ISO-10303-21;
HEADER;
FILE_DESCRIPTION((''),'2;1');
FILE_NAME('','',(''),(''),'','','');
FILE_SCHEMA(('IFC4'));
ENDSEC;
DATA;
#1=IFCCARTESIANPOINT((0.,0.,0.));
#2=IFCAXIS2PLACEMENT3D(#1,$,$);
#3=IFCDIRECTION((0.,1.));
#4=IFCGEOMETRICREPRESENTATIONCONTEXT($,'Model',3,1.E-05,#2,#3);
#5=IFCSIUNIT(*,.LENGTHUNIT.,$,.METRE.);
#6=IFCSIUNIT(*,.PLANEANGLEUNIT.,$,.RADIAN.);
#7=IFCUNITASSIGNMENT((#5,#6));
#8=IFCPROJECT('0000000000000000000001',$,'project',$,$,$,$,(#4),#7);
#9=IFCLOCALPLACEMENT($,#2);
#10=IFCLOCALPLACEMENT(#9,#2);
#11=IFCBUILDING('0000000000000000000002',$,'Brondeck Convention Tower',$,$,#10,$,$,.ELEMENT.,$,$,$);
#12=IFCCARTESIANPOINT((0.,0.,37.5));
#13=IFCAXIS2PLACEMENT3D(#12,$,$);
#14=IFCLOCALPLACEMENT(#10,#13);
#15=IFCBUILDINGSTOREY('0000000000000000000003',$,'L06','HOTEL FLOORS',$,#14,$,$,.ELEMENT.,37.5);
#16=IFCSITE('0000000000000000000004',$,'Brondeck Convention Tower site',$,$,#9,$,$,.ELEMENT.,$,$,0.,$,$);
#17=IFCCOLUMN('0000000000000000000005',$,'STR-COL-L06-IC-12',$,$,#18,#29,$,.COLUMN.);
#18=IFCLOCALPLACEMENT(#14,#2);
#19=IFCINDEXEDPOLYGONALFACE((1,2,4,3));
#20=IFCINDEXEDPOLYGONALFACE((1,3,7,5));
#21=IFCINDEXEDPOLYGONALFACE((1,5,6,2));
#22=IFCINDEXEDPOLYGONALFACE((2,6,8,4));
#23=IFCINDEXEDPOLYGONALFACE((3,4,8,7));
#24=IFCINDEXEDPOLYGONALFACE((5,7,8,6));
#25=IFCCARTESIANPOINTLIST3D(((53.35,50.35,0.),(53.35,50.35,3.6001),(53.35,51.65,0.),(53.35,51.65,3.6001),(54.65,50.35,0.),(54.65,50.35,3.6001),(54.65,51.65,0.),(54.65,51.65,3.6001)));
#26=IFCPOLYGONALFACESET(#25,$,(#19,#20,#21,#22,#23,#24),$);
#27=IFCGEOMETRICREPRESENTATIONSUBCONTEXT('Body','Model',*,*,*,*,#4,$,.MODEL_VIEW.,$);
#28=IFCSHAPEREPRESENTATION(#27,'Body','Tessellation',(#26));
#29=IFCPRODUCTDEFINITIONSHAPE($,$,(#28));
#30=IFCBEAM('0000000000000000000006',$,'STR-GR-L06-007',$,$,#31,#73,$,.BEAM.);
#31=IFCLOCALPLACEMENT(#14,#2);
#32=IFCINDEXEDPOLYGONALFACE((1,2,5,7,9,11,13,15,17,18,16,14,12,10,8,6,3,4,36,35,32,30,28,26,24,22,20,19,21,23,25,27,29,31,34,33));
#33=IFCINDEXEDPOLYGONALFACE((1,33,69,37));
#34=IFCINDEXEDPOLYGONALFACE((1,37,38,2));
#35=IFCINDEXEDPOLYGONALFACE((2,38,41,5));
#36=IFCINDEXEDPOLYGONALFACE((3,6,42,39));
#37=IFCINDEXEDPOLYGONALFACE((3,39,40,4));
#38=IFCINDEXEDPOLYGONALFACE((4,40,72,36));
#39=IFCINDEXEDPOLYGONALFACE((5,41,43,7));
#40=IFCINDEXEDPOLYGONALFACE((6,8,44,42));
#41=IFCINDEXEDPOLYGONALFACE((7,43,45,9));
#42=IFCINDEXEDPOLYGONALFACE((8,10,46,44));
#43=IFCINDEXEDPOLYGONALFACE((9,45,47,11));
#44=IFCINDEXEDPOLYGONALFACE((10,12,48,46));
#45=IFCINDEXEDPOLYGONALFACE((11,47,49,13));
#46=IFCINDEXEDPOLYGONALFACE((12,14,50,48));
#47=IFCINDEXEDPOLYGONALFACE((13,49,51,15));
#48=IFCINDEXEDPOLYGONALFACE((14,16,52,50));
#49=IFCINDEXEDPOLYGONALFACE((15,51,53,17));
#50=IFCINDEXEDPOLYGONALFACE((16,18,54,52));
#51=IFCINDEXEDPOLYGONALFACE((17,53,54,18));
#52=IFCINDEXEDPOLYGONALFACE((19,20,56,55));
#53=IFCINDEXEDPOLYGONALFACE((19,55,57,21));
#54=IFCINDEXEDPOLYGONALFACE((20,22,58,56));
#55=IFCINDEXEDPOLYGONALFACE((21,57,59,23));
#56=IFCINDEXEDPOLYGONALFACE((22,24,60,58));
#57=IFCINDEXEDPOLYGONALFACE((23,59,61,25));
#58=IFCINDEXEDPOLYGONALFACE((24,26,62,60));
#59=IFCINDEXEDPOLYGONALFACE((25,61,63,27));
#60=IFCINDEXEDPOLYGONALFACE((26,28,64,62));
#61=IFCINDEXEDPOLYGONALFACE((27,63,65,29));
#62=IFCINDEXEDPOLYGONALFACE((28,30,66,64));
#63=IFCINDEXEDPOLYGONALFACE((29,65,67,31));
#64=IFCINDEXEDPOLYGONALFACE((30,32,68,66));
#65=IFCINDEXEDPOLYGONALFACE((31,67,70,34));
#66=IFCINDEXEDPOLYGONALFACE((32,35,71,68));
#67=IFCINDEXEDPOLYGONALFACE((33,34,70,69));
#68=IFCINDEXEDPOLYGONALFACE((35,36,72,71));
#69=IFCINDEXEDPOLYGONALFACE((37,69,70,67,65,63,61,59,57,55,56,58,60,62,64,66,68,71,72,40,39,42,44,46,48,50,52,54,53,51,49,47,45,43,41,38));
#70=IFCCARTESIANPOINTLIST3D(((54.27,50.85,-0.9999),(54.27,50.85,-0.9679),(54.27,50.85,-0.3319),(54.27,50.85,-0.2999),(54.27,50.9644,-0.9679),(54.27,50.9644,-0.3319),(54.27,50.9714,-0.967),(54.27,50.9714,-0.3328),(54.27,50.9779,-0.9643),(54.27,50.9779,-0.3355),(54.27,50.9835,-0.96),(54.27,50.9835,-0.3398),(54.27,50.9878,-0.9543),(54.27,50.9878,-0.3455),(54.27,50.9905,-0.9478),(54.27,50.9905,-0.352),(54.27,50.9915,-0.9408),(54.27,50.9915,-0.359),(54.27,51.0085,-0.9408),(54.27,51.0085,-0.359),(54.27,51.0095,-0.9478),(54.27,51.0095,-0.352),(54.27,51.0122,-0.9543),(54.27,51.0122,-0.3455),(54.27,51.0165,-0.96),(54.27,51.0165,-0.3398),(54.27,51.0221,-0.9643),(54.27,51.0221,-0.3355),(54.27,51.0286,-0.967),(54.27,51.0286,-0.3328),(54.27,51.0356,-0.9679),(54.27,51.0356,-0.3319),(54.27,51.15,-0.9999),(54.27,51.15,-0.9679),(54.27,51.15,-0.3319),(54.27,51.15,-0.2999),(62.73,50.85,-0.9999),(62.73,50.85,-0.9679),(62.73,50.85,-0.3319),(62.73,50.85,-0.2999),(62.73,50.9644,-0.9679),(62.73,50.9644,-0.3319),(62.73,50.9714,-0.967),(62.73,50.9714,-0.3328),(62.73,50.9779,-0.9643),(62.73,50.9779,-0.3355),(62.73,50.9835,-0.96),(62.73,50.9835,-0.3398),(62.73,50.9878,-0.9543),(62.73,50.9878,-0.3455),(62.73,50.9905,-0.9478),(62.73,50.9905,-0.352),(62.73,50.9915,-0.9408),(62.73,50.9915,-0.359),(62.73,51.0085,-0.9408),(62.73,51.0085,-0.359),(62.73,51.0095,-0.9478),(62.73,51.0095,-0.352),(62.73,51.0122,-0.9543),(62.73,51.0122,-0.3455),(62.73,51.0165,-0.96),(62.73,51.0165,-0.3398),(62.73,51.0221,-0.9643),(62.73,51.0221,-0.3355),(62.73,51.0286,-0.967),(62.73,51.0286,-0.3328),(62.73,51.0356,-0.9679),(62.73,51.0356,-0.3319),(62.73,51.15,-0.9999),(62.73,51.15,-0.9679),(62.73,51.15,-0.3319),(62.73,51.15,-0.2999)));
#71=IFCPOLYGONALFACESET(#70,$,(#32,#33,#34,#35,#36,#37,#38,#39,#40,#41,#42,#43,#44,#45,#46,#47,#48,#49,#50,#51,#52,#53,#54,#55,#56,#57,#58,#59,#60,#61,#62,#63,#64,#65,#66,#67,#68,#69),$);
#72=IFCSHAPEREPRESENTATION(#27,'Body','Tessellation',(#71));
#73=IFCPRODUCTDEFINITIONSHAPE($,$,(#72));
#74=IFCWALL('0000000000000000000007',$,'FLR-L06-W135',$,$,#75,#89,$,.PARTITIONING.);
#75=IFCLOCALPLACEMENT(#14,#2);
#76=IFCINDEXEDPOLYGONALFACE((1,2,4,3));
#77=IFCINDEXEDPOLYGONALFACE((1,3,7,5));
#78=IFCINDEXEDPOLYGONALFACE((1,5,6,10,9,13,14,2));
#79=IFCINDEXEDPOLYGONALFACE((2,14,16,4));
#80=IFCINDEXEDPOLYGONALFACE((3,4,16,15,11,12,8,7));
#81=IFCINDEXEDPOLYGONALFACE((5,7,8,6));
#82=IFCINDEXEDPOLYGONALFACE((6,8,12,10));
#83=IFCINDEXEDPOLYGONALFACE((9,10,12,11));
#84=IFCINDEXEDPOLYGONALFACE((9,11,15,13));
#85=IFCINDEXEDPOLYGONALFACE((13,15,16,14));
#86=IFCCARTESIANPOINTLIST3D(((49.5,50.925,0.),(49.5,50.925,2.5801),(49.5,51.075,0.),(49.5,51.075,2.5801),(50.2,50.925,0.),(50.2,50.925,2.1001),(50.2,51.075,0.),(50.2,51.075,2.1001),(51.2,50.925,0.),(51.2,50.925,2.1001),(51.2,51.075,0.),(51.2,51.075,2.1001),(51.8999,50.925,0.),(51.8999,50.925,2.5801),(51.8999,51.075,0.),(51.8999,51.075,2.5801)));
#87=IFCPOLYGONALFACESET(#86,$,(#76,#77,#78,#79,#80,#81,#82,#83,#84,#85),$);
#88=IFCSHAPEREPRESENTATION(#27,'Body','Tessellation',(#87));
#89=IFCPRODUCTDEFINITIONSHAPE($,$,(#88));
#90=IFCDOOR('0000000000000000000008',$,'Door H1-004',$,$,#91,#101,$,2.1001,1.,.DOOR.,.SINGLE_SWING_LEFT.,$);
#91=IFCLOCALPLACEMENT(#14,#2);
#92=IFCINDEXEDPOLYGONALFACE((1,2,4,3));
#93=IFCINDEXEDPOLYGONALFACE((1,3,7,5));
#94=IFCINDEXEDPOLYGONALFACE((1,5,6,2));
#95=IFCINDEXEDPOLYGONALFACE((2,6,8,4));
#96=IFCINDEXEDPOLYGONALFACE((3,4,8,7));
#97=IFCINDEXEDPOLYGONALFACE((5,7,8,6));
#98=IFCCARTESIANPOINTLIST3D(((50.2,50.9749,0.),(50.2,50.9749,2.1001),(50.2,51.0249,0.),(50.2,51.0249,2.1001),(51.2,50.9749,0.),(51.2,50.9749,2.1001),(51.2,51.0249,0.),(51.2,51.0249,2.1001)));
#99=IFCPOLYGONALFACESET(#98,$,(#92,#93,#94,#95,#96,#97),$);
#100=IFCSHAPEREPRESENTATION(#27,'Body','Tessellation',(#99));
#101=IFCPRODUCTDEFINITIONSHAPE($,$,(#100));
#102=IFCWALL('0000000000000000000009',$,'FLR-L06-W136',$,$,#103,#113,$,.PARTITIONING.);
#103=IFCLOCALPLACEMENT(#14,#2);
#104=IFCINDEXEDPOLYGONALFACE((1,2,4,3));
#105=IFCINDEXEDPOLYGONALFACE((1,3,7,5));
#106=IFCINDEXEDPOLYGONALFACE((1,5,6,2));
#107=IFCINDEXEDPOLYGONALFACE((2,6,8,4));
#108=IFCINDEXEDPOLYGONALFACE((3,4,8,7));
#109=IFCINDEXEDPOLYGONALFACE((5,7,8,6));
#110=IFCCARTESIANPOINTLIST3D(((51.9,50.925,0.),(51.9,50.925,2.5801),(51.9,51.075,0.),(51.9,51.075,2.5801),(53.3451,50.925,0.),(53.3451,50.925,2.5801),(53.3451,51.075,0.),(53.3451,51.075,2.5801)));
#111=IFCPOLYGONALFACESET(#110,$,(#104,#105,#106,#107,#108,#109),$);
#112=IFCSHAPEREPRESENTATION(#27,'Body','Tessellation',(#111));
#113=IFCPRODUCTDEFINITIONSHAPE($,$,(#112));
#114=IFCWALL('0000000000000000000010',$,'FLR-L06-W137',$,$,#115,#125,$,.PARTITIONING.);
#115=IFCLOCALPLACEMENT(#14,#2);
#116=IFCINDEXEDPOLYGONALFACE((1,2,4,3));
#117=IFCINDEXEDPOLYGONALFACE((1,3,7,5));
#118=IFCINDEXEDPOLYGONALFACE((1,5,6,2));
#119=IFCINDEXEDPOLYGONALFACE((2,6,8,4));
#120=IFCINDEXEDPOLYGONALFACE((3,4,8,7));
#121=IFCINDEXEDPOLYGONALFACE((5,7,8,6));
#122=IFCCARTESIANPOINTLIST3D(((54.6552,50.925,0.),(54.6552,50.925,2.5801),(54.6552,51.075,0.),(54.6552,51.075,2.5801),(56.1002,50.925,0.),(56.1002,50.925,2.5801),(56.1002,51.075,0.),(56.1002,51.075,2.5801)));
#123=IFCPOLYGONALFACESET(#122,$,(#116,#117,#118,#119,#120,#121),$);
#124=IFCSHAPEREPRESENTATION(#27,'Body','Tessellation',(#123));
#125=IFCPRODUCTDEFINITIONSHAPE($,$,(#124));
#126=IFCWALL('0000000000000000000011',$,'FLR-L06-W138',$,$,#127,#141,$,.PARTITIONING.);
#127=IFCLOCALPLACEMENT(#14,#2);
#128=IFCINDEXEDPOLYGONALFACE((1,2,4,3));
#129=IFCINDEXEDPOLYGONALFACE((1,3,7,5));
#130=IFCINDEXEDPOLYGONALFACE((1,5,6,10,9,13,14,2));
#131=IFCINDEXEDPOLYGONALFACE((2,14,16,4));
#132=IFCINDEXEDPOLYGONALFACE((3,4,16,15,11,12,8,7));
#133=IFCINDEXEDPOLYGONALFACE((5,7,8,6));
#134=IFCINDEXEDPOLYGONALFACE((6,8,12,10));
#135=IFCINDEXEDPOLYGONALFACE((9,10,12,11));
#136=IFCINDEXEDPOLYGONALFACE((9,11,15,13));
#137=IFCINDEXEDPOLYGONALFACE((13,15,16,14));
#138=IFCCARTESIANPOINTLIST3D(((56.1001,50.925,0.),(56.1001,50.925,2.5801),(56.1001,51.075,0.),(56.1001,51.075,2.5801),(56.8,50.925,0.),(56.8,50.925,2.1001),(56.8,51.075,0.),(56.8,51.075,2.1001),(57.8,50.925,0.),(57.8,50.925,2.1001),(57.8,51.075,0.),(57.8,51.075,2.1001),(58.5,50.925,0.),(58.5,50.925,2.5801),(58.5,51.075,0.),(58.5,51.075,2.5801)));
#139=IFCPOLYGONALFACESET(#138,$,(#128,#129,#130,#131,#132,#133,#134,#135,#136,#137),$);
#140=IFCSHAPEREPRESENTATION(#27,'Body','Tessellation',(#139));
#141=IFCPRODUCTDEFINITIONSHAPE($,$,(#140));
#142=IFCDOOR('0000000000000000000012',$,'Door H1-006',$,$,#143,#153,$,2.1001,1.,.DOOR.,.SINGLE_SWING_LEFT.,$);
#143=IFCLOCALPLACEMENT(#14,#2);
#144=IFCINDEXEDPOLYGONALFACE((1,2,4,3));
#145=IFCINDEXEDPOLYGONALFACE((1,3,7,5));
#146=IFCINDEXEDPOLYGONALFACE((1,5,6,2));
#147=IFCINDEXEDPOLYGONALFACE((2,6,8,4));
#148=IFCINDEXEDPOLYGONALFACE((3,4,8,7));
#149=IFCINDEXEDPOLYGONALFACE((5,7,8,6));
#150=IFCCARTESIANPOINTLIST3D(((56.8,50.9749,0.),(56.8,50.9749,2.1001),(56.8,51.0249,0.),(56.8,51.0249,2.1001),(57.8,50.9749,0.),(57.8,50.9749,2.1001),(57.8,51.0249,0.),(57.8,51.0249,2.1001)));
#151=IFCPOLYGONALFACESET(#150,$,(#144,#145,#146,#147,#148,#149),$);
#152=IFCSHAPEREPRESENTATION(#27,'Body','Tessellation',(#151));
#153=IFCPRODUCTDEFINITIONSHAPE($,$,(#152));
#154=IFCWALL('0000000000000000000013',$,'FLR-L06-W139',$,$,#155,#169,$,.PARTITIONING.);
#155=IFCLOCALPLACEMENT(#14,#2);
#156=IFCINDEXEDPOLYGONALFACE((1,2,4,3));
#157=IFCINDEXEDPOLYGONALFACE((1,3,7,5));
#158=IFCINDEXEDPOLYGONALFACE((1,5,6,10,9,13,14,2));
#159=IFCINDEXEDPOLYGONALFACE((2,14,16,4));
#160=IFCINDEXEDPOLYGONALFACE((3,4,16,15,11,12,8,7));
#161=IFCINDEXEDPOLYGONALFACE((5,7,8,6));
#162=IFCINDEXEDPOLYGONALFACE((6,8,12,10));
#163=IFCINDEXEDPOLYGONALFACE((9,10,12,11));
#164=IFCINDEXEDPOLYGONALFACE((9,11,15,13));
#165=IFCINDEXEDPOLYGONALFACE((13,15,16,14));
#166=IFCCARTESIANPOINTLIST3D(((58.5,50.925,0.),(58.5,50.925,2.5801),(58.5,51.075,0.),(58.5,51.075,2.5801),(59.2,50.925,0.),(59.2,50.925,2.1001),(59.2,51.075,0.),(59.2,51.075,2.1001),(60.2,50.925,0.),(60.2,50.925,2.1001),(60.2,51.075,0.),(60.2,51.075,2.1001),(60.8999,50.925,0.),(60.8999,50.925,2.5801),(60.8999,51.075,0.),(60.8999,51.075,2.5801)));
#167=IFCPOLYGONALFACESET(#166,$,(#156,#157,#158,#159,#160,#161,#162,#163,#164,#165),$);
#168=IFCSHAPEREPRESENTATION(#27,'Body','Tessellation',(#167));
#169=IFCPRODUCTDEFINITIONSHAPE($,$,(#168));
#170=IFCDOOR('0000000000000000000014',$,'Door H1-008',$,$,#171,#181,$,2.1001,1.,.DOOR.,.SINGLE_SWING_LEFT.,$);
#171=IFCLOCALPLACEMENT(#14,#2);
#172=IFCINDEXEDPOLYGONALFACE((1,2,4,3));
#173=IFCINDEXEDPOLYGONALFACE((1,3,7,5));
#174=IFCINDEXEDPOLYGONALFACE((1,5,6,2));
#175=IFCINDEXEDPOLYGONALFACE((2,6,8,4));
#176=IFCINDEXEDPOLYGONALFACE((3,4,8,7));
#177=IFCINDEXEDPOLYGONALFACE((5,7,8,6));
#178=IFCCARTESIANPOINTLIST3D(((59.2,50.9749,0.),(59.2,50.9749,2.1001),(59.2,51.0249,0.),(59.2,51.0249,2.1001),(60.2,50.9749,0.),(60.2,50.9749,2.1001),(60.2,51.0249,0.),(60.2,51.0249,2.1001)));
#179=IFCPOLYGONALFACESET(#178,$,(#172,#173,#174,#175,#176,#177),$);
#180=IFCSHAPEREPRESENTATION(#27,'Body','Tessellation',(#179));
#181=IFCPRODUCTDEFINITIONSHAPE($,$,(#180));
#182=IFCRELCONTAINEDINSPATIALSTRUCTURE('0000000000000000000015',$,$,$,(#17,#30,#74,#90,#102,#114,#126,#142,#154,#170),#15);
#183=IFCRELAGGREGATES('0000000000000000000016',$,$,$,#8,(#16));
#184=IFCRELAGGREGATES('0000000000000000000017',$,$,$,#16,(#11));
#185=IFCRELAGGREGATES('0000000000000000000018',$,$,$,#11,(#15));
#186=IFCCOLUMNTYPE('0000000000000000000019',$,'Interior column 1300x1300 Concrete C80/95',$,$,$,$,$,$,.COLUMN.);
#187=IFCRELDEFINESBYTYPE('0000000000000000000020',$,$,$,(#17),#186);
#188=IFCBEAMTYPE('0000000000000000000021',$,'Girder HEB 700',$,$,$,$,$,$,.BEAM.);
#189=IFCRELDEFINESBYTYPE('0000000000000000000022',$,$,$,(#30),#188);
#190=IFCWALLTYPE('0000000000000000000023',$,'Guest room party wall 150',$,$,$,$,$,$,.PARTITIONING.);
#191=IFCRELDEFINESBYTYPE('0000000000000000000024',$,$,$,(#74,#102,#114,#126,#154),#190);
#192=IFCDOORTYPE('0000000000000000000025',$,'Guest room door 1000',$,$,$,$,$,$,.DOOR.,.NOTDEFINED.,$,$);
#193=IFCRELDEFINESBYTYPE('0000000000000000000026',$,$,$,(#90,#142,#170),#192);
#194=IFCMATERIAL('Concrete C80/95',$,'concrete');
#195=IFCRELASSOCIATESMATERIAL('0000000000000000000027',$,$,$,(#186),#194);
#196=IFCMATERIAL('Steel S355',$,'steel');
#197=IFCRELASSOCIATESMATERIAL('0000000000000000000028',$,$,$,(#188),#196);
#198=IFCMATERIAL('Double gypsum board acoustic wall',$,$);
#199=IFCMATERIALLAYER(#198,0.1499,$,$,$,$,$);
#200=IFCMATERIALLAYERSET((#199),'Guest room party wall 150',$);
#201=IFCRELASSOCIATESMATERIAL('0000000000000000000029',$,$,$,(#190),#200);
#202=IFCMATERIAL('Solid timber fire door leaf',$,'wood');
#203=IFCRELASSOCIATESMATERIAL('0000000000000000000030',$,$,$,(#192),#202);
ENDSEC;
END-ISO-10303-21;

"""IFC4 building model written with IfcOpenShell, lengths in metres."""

from ifc_helpers import new_model, si_unit, direction, frame, frame_2d, origin, origin_2d, place, context, subcontext, project, spatial, rectangle, i_section, extrude, material, layer, layer_set, material_profile, profile_set, type_object, element, fill, save


model = new_model("IFC4")

# Units and contexts
model_context = context("Model", 3, precision=1e-05, world=origin(), true_north=direction((0.0, 1.0)))
body_context = subcontext(model_context, "Body", "Model", "MODEL_VIEW")
ifc_project = project(units=[si_unit("LENGTHUNIT", "METRE"), si_unit("PLANEANGLEUNIT", "RADIAN")], contexts=[model_context])

# Site, building, storey
site_placement = place(None, origin())
site = spatial("IfcSite", under=ifc_project, at=site_placement, Name="Brondeck Convention Tower site", CompositionType="ELEMENT", RefElevation=0.0)
building_placement = place(site_placement, origin())
building = spatial("IfcBuilding", under=site, at=building_placement, Name="Brondeck Convention Tower", CompositionType="ELEMENT")
storey_placement = place(building_placement, frame((0.0, 0.0, 37.5)))
storey = spatial("IfcBuildingStorey", under=building, at=storey_placement, Name="L06", Description="HOTEL FLOORS", CompositionType="ELEMENT", Elevation=37.5)

# Column
ifc_material_1 = material(Name="Concrete C80/95", Category="concrete")
ifc_material_profile_1 = material_profile(ifc_material_1, rectangle(XDim=1.3, YDim=1.3, at=origin_2d()), Name="Interior column 1300x1300 Concrete C80/95")
ifc_profile_set_1 = profile_set([ifc_material_profile_1], Name="Concrete C80/95")
column_type = type_object("IfcColumnType", Name="Interior column 1300x1300 Concrete C80/95", PredefinedType="COLUMN", material=ifc_profile_set_1)
column_placement = place(storey_placement, frame((54.0, 51.0, 0.0), z_axis=(0.0, 0.0, 1.0), x_axis=(1.0, 0.0, 0.0)))
element("IfcColumn", 1, at=column_placement, inside=storey, type_object=column_type, Name="STR-COL-L06-IC-12", PredefinedType="COLUMN", context=body_context, shape_type="SweptSolid", body=[
    extrude(rectangle(XDim=1.3, YDim=1.3, at=origin_2d()), origin(), (0.0, 0.0, 1.0), 3.6001),
])

# Beam
ifc_material_2 = material(Name="Steel S355", Category="steel")
ifc_material_profile_2 = material_profile(ifc_material_2, i_section(OverallWidth=0.3, OverallDepth=0.7, WebThickness=0.0171, FlangeThickness=0.032, FilletRadius=0.0271, at=origin_2d()), Name="HEB 700")
ifc_profile_set_2 = profile_set([ifc_material_profile_2], Name="Steel S355")
beam_type = type_object("IfcBeamType", Name="Girder HEB 700", PredefinedType="BEAM", material=ifc_profile_set_2)
beam_placement = place(storey_placement, frame((54.27, 51.0, -0.6499), z_axis=(1.0, 0.0, 0.0), x_axis=(0.0, 1.0, 0.0)))
element("IfcBeam", 2, at=beam_placement, inside=storey, type_object=beam_type, Name="STR-GR-L06-007", PredefinedType="BEAM", context=body_context, shape_type="SweptSolid", body=[
    extrude(i_section(OverallWidth=0.3, OverallDepth=0.7, WebThickness=0.0171, FlangeThickness=0.032, FilletRadius=0.0271, at=origin_2d()), origin(), (0.0, 0.0, 1.0), 8.46),
])

# Wall, opening, door
ifc_material_3 = material(Name="Double gypsum board acoustic wall")
ifc_layer_1 = layer(ifc_material_3, 0.1499)
ifc_layer_set_1 = layer_set([ifc_layer_1], Name="Guest room party wall 150")
wall_type_1 = type_object("IfcWallType", Name="Guest room party wall 150", PredefinedType="PARTITIONING", material=ifc_layer_set_1)
wall_1_placement = place(storey_placement, frame((49.5, 51.0, 0.0), z_axis=(0.0, 0.0, 1.0), x_axis=(1.0, 0.0, 0.0)))
wall_1 = element("IfcWall", 3, at=wall_1_placement, inside=storey, type_object=wall_type_1, Name="FLR-L06-W135", PredefinedType="PARTITIONING", context=body_context, shape_type="SweptSolid", body=[
    extrude(rectangle(XDim=2.3999, YDim=0.1499, at=frame_2d((1.2, 0.0))), origin(), (0.0, 0.0, 1.0), 2.5801),
])
opening_1_placement = place(wall_1_placement, frame((0.7, 0.0, 0.0)))
opening_1 = element("IfcOpeningElement", 4, at=opening_1_placement, cuts=wall_1, PredefinedType="OPENING", context=body_context, shape_type="SweptSolid", body=[
    extrude(rectangle(XDim=1.0, YDim=2.1001, at=frame_2d((0.5, 1.05))), frame((0.0, 0.085, 0.0), z_axis=(0.0, -1.0, 0.0), x_axis=(1.0, 0.0, 0.0)), (0.0, 0.0, 1.0), 0.1699),
])
ifc_material_4 = material(Name="Solid timber fire door leaf", Category="wood")
door_type_1 = type_object("IfcDoorType", Name="Guest room door 1000", OperationType="NOTDEFINED", PredefinedType="DOOR", material=ifc_material_4)
door_1_placement = place(opening_1_placement, origin())
door_1 = element("IfcDoor", 5, at=door_1_placement, inside=storey, type_object=door_type_1, Name="Door H1-004", OperationType="SINGLE_SWING_LEFT", OverallHeight=2.1001, OverallWidth=1.0, PredefinedType="DOOR", context=body_context, shape_type="SweptSolid", body=[
    extrude(rectangle(XDim=1.0, YDim=2.1001, at=frame_2d((0.5, 1.05))), frame((0.0, 0.0249, 0.0), z_axis=(0.0, -1.0, 0.0), x_axis=(1.0, 0.0, 0.0)), (0.0, 0.0, 1.0), 0.05),
])
fill(opening_1, door_1)

# Walls
for number, where, z_axis, x_axis, name in (
    (6, (51.8999, 51.0, 0.0), (0.0, 0.0, 1.0), (1.0, 0.0, 0.0), "FLR-L06-W136"),
    (7, (54.655, 51.0, 0.0), (0.0, 0.0, 1.0), (1.0, 0.0, 0.0), "FLR-L06-W137"),
):
    element("IfcWall", number, at=place(storey_placement, frame(where, z_axis=z_axis, x_axis=x_axis)), inside=storey, type_object=wall_type_1, Name=name, PredefinedType="PARTITIONING", context=body_context, shape_type="SweptSolid", body=[
        extrude(rectangle(XDim=1.4451, YDim=0.1499, at=frame_2d((0.7227, 0.0))), origin(), (0.0, 0.0, 1.0), 2.5801),
    ])

# Walls, openings, doors
wall_2_placement = place(storey_placement, frame((56.1001, 51.0, 0.0), z_axis=(0.0, 0.0, 1.0), x_axis=(1.0, 0.0, 0.0)))
wall_2 = element("IfcWall", 8, at=wall_2_placement, inside=storey, type_object=wall_type_1, Name="FLR-L06-W138", PredefinedType="PARTITIONING", context=body_context, shape_type="SweptSolid", body=[
    extrude(rectangle(XDim=2.3999, YDim=0.1499, at=frame_2d((1.2, 0.0))), origin(), (0.0, 0.0, 1.0), 2.5801),
])
opening_2_placement = place(wall_2_placement, frame((0.7, 0.0, 0.0)))
opening_2 = element("IfcOpeningElement", 9, at=opening_2_placement, cuts=wall_2, PredefinedType="OPENING", context=body_context, shape_type="SweptSolid", body=[
    extrude(rectangle(XDim=1.0, YDim=2.1001, at=frame_2d((0.5, 1.05))), frame((0.0, 0.085, 0.0), z_axis=(0.0, -1.0, 0.0), x_axis=(1.0, 0.0, 0.0)), (0.0, 0.0, 1.0), 0.1699),
])
door_2_placement = place(opening_2_placement, origin())
door_2 = element("IfcDoor", 10, at=door_2_placement, inside=storey, type_object=door_type_1, Name="Door H1-006", OperationType="SINGLE_SWING_LEFT", OverallHeight=2.1001, OverallWidth=1.0, PredefinedType="DOOR", context=body_context, shape_type="SweptSolid", body=[
    extrude(rectangle(XDim=1.0, YDim=2.1001, at=frame_2d((0.5, 1.05))), frame((0.0, 0.0249, 0.0), z_axis=(0.0, -1.0, 0.0), x_axis=(1.0, 0.0, 0.0)), (0.0, 0.0, 1.0), 0.05),
])
fill(opening_2, door_2)
wall_3_placement = place(storey_placement, frame((58.5, 51.0, 0.0), z_axis=(0.0, 0.0, 1.0), x_axis=(1.0, 0.0, 0.0)))
wall_3 = element("IfcWall", 11, at=wall_3_placement, inside=storey, type_object=wall_type_1, Name="FLR-L06-W139", PredefinedType="PARTITIONING", context=body_context, shape_type="SweptSolid", body=[
    extrude(rectangle(XDim=2.3999, YDim=0.1499, at=frame_2d((1.2, 0.0))), origin(), (0.0, 0.0, 1.0), 2.5801),
])
opening_3_placement = place(wall_3_placement, frame((0.7, 0.0, 0.0)))
opening_3 = element("IfcOpeningElement", 12, at=opening_3_placement, cuts=wall_3, PredefinedType="OPENING", context=body_context, shape_type="SweptSolid", body=[
    extrude(rectangle(XDim=1.0, YDim=2.1001, at=frame_2d((0.5, 1.05))), frame((0.0, 0.085, 0.0), z_axis=(0.0, -1.0, 0.0), x_axis=(1.0, 0.0, 0.0)), (0.0, 0.0, 1.0), 0.1699),
])
door_3_placement = place(opening_3_placement, origin())
door_3 = element("IfcDoor", 13, at=door_3_placement, inside=storey, type_object=door_type_1, Name="Door H1-008", OperationType="SINGLE_SWING_LEFT", OverallHeight=2.1001, OverallWidth=1.0, PredefinedType="DOOR", context=body_context, shape_type="SweptSolid", body=[
    extrude(rectangle(XDim=1.0, YDim=2.1001, at=frame_2d((0.5, 1.05))), frame((0.0, 0.0249, 0.0), z_axis=(0.0, -1.0, 0.0), x_axis=(1.0, 0.0, 0.0)), (0.0, 0.0, 1.0), 0.05),
])
fill(opening_3, door_3)

save(model, "model.ifc")
